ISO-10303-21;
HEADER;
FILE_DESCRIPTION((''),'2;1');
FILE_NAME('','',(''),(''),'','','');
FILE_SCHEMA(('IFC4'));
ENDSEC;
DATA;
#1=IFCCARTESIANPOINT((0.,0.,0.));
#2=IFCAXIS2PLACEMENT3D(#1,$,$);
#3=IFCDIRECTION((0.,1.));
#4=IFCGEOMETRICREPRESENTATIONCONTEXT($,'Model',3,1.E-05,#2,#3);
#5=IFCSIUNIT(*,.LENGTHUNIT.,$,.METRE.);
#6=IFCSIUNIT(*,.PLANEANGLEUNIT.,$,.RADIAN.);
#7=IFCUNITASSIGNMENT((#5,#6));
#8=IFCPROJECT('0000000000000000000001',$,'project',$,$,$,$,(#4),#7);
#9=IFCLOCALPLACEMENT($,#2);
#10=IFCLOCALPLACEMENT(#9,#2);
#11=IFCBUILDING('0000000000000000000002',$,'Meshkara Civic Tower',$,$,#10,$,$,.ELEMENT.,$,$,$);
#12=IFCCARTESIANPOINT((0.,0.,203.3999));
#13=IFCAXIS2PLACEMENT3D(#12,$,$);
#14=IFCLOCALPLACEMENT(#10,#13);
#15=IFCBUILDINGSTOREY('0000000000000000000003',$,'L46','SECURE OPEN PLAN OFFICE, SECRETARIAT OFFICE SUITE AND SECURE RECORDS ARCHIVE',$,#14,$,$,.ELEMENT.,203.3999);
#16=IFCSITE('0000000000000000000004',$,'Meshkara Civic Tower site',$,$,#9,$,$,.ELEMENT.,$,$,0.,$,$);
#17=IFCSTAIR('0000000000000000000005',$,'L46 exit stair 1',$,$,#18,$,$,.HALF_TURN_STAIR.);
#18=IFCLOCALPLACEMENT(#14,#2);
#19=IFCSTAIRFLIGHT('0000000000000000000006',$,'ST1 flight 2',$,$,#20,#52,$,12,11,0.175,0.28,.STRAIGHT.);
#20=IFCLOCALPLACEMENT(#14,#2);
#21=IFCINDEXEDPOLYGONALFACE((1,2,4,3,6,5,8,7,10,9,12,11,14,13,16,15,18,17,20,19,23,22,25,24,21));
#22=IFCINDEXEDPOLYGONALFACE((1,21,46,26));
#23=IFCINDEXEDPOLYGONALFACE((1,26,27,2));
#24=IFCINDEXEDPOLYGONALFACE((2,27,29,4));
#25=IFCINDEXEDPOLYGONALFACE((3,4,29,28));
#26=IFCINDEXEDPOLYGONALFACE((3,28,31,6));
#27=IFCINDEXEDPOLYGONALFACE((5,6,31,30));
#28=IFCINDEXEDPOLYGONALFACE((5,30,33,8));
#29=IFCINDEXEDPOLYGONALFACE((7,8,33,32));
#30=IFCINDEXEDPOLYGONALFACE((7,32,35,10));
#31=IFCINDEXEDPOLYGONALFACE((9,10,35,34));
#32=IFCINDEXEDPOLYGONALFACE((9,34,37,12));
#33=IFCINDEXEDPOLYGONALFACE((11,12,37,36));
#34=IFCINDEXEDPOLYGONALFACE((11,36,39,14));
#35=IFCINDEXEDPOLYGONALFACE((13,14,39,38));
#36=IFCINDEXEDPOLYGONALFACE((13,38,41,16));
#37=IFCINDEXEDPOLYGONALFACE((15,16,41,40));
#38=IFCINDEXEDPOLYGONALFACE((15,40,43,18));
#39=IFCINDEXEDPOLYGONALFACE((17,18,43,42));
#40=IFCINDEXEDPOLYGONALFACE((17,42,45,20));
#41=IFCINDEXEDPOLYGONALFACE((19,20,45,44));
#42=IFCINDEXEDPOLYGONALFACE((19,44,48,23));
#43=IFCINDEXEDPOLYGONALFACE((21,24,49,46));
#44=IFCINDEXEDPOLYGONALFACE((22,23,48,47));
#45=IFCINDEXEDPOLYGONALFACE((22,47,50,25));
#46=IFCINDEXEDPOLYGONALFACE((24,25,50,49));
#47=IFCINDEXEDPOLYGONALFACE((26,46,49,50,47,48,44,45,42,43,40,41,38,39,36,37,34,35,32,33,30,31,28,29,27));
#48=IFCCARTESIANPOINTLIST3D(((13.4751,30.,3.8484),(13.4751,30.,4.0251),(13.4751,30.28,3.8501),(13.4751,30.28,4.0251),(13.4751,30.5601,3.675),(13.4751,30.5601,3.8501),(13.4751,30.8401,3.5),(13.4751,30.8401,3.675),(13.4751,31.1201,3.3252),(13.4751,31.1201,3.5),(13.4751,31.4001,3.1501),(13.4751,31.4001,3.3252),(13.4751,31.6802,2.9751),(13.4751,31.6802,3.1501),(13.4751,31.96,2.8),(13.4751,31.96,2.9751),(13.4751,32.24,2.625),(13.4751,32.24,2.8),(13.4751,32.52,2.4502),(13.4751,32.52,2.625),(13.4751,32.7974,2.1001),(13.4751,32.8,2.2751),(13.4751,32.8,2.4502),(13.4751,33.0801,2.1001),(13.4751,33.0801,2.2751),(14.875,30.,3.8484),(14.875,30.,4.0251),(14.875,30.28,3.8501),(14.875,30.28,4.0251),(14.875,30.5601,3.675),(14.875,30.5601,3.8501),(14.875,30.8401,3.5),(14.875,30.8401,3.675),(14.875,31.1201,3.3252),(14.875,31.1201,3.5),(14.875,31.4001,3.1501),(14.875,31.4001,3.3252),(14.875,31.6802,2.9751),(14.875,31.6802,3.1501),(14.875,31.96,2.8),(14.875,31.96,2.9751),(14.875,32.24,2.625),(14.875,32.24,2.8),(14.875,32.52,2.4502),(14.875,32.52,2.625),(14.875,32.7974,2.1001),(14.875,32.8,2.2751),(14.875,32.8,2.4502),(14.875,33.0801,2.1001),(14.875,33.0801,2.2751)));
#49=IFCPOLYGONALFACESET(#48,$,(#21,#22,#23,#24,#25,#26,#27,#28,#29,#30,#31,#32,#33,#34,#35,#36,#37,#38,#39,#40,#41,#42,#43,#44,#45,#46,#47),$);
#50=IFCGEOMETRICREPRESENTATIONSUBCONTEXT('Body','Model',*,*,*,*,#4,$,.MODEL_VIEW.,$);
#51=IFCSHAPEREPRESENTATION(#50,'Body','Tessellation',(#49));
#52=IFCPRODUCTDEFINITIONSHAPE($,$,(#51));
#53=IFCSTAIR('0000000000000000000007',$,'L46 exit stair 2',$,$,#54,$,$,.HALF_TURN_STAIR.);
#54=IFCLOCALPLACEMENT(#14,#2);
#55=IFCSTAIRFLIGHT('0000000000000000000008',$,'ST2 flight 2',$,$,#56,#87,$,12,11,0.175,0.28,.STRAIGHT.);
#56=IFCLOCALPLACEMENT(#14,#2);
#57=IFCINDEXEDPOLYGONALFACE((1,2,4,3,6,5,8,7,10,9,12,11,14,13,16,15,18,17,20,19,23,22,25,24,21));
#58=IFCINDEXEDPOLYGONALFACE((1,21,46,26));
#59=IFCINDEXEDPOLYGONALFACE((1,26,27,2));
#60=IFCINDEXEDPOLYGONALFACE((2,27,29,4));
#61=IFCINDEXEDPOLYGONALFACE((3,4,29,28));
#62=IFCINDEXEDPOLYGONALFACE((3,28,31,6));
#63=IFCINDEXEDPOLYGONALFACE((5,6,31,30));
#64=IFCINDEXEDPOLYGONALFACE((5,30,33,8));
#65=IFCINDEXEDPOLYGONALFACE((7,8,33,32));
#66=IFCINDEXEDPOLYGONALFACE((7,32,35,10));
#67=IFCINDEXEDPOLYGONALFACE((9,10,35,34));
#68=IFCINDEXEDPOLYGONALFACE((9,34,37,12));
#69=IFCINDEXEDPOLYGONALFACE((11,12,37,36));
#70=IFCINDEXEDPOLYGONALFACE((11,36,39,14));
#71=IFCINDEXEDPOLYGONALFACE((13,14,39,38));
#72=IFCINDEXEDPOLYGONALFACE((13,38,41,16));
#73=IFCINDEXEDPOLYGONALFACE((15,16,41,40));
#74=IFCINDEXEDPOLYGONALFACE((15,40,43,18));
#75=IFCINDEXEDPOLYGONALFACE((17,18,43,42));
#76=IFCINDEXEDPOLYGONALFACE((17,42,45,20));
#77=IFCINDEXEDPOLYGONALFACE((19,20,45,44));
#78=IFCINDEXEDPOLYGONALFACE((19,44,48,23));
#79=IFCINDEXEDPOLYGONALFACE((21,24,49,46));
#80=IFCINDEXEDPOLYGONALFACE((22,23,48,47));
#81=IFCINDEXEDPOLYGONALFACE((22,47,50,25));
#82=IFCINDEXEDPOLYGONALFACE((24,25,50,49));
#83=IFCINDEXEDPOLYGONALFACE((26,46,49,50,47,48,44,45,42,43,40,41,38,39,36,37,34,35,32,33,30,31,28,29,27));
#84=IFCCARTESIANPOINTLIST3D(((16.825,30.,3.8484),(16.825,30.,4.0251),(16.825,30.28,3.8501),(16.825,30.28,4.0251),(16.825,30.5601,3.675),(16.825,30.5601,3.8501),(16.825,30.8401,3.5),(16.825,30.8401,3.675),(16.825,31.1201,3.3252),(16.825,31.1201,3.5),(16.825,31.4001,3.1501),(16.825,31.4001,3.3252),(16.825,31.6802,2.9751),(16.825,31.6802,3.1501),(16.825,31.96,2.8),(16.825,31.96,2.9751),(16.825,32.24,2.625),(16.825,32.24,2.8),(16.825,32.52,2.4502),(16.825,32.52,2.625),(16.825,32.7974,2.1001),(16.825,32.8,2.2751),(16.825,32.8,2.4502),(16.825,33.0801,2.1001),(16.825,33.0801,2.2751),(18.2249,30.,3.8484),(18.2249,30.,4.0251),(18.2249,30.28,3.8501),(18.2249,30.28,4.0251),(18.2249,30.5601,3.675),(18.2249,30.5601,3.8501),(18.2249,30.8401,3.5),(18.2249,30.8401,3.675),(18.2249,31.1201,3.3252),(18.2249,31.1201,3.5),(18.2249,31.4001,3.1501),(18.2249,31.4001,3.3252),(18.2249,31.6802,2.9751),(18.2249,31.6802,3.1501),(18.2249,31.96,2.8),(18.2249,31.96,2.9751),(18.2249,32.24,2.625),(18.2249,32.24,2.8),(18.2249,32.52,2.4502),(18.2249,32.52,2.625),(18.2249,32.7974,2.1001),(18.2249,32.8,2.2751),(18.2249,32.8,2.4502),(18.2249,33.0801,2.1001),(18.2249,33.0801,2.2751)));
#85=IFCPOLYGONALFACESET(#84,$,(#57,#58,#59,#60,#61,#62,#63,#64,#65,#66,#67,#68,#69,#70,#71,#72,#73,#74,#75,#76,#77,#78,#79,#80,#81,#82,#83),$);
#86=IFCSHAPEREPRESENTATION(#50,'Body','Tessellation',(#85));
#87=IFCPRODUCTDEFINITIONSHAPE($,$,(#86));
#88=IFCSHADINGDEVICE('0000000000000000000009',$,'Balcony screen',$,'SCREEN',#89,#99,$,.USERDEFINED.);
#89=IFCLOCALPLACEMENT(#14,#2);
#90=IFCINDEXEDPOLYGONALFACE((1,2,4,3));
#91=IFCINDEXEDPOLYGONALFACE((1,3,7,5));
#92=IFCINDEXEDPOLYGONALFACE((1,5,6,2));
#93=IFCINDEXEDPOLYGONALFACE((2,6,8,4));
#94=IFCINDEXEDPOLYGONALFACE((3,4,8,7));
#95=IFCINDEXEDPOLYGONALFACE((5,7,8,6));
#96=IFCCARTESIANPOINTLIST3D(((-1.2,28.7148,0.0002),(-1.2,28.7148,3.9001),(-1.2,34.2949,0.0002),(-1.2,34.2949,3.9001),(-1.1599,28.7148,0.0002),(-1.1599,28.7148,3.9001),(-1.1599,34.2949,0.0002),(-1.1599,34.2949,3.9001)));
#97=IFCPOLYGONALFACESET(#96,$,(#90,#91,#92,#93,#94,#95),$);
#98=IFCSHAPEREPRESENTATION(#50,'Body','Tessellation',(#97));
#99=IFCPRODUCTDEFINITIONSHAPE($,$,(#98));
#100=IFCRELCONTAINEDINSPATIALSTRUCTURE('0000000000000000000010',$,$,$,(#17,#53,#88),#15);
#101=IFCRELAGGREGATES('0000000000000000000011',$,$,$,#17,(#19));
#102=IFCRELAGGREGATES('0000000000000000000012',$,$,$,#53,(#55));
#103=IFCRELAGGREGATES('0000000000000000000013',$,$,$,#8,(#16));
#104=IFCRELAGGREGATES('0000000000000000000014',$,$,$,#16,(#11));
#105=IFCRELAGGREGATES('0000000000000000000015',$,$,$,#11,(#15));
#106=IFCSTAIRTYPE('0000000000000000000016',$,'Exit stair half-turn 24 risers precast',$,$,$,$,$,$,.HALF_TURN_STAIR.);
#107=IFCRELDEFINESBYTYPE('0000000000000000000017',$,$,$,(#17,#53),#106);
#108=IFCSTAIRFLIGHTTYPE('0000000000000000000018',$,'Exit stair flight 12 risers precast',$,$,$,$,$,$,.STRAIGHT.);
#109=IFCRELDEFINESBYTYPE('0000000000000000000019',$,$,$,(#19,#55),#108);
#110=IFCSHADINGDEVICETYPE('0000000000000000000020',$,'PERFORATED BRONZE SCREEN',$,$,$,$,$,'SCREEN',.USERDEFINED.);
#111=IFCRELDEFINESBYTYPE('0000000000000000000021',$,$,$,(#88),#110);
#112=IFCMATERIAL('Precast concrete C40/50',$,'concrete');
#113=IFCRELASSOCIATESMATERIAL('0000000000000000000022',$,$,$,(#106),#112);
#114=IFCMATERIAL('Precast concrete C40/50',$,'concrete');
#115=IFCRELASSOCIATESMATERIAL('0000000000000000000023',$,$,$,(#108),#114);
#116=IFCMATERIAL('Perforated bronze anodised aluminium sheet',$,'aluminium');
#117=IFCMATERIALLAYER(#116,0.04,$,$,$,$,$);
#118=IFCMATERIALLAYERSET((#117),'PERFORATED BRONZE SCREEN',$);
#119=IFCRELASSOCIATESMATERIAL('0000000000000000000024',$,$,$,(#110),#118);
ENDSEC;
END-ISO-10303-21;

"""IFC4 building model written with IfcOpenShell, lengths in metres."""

from ifc_helpers import new_model, si_unit, direction, frame, origin, origin_2d, place, context, subcontext, project, spatial, polyline, rectangle, outline, extrude, material, layer, layer_set, type_object, element, aggregate, save


model = new_model("IFC4")

# Units and contexts
model_context = context("Model", 3, precision=1e-05, world=origin(), true_north=direction((0.0, 1.0)))
body_context = subcontext(model_context, "Body", "Model", "MODEL_VIEW")
ifc_project = project(units=[si_unit("LENGTHUNIT", "METRE"), si_unit("PLANEANGLEUNIT", "RADIAN")], contexts=[model_context])

# Site, building, storey
site_placement = place(None, origin())
site = spatial("IfcSite", under=ifc_project, at=site_placement, Name="Meshkara Civic Tower site", CompositionType="ELEMENT", RefElevation=0.0)
building_placement = place(site_placement, origin())
building = spatial("IfcBuilding", under=site, at=building_placement, Name="Meshkara Civic Tower", CompositionType="ELEMENT")
storey_placement = place(building_placement, frame((0.0, 0.0, 203.3999)))
storey = spatial("IfcBuildingStorey", under=building, at=storey_placement, Name="L46", Description="SECURE OPEN PLAN OFFICE, SECRETARIAT OFFICE SUITE AND SECURE RECORDS ARCHIVE", CompositionType="ELEMENT", Elevation=203.3999)

# Stair, stair flight
ifc_material_1 = material(Name="Precast concrete C40/50", Category="concrete")
stair_type = type_object("IfcStairType", Name="Exit stair half-turn 24 risers precast", PredefinedType="HALF_TURN_STAIR", material=ifc_material_1)
stair_1_placement = place(storey_placement, origin())
stair_1 = element("IfcStair", 1, at=stair_1_placement, inside=storey, type_object=stair_type, Name="L46 exit stair 1", PredefinedType="HALF_TURN_STAIR")
ifc_material_2 = material(Name="Precast concrete C40/50", Category="concrete")
stair_flight_type = type_object("IfcStairFlightType", Name="Exit stair flight 12 risers precast", PredefinedType="STRAIGHT", material=ifc_material_2)
stair_flight_1_placement = place(storey_placement, frame((14.175, 33.0801, 2.1001), z_axis=(0.0, 0.0, 1.0), x_axis=(0.0, -1.0, 0.0)))
stair_flight_1 = element("IfcStairFlight", 2, at=stair_flight_1_placement, type_object=stair_flight_type, Name="ST1 flight 2", NumberOfRisers=12, NumberOfTreads=11, PredefinedType="STRAIGHT", RiserHeight=0.175, TreadLength=0.28, context=body_context, shape_type="SweptSolid", body=[
    extrude(outline(polyline([(0.0, 0.0), (0.0, 0.175), (0.28, 0.175), (0.28, 0.3501), (0.5601, 0.3501), (0.5601, 0.5249), (0.8401, 0.5249), (0.8401, 0.7), (1.1201, 0.7), (1.1201, 0.875), (1.3999, 0.875), (1.3999, 1.05), (1.6799, 1.05), (1.6799, 1.2251), (1.96, 1.2251), (1.96, 1.3999), (2.24, 1.3999), (2.24, 1.575), (2.52, 1.575), (2.52, 1.75), (2.8, 1.75), (2.8, 1.925), (3.0801, 1.925), (3.0801, 2.1001), (3.0801, 1.7483), (0.2827, 0.0), (0.0, 0.0)])), frame((0.0, 0.7, 0.0), z_axis=(0.0, -1.0, 0.0), x_axis=(1.0, 0.0, 0.0)), (0.0, 0.0, 1.0), 1.3999),
])
aggregate(stair_1, [stair_flight_1])

# Stair, stair flight
stair_2_placement = place(storey_placement, origin())
stair_2 = element("IfcStair", 3, at=stair_2_placement, inside=storey, type_object=stair_type, Name="L46 exit stair 2", PredefinedType="HALF_TURN_STAIR")
stair_flight_2_placement = place(storey_placement, frame((17.5249, 33.0801, 2.1001), z_axis=(0.0, 0.0, 1.0), x_axis=(0.0, -1.0, 0.0)))
stair_flight_2 = element("IfcStairFlight", 4, at=stair_flight_2_placement, type_object=stair_flight_type, Name="ST2 flight 2", NumberOfRisers=12, NumberOfTreads=11, PredefinedType="STRAIGHT", RiserHeight=0.175, TreadLength=0.28, context=body_context, shape_type="SweptSolid", body=[
    extrude(outline(polyline([(0.0, 0.0), (0.0, 0.175), (0.28, 0.175), (0.28, 0.3501), (0.5601, 0.3501), (0.5601, 0.5249), (0.8401, 0.5249), (0.8401, 0.7), (1.1201, 0.7), (1.1201, 0.875), (1.3999, 0.875), (1.3999, 1.05), (1.6799, 1.05), (1.6799, 1.2251), (1.96, 1.2251), (1.96, 1.3999), (2.24, 1.3999), (2.24, 1.575), (2.52, 1.575), (2.52, 1.75), (2.8, 1.75), (2.8, 1.925), (3.0801, 1.925), (3.0801, 2.1001), (3.0801, 1.7483), (0.2827, 0.0), (0.0, 0.0)])), frame((0.0, 0.7, 0.0), z_axis=(0.0, -1.0, 0.0), x_axis=(1.0, 0.0, 0.0)), (0.0, 0.0, 1.0), 1.3999),
])
aggregate(stair_2, [stair_flight_2])

# Shading device
ifc_material_3 = material(Name="Perforated bronze anodised aluminium sheet", Category="aluminium")
ifc_layer_1 = layer(ifc_material_3, 0.04)
ifc_layer_set_1 = layer_set([ifc_layer_1], Name="PERFORATED BRONZE SCREEN")
shading_device_type = type_object("IfcShadingDeviceType", Name="PERFORATED BRONZE SCREEN", ElementType="SCREEN", PredefinedType="USERDEFINED", material=ifc_layer_set_1)
shading_device_placement = place(storey_placement, frame((-1.1799, 31.5049, 0.0002), z_axis=(0.0, 0.0, 1.0), x_axis=(0.0, -1.0, 0.0)))
element("IfcShadingDevice", 5, at=shading_device_placement, inside=storey, type_object=shading_device_type, Name="Balcony screen", ObjectType="SCREEN", PredefinedType="USERDEFINED", context=body_context, shape_type="SweptSolid", body=[
    extrude(rectangle(XDim=5.5801, YDim=0.04, at=origin_2d()), origin(), (0.0, 0.0, 1.0), 3.8999),
])

save(model, "model.ifc")
